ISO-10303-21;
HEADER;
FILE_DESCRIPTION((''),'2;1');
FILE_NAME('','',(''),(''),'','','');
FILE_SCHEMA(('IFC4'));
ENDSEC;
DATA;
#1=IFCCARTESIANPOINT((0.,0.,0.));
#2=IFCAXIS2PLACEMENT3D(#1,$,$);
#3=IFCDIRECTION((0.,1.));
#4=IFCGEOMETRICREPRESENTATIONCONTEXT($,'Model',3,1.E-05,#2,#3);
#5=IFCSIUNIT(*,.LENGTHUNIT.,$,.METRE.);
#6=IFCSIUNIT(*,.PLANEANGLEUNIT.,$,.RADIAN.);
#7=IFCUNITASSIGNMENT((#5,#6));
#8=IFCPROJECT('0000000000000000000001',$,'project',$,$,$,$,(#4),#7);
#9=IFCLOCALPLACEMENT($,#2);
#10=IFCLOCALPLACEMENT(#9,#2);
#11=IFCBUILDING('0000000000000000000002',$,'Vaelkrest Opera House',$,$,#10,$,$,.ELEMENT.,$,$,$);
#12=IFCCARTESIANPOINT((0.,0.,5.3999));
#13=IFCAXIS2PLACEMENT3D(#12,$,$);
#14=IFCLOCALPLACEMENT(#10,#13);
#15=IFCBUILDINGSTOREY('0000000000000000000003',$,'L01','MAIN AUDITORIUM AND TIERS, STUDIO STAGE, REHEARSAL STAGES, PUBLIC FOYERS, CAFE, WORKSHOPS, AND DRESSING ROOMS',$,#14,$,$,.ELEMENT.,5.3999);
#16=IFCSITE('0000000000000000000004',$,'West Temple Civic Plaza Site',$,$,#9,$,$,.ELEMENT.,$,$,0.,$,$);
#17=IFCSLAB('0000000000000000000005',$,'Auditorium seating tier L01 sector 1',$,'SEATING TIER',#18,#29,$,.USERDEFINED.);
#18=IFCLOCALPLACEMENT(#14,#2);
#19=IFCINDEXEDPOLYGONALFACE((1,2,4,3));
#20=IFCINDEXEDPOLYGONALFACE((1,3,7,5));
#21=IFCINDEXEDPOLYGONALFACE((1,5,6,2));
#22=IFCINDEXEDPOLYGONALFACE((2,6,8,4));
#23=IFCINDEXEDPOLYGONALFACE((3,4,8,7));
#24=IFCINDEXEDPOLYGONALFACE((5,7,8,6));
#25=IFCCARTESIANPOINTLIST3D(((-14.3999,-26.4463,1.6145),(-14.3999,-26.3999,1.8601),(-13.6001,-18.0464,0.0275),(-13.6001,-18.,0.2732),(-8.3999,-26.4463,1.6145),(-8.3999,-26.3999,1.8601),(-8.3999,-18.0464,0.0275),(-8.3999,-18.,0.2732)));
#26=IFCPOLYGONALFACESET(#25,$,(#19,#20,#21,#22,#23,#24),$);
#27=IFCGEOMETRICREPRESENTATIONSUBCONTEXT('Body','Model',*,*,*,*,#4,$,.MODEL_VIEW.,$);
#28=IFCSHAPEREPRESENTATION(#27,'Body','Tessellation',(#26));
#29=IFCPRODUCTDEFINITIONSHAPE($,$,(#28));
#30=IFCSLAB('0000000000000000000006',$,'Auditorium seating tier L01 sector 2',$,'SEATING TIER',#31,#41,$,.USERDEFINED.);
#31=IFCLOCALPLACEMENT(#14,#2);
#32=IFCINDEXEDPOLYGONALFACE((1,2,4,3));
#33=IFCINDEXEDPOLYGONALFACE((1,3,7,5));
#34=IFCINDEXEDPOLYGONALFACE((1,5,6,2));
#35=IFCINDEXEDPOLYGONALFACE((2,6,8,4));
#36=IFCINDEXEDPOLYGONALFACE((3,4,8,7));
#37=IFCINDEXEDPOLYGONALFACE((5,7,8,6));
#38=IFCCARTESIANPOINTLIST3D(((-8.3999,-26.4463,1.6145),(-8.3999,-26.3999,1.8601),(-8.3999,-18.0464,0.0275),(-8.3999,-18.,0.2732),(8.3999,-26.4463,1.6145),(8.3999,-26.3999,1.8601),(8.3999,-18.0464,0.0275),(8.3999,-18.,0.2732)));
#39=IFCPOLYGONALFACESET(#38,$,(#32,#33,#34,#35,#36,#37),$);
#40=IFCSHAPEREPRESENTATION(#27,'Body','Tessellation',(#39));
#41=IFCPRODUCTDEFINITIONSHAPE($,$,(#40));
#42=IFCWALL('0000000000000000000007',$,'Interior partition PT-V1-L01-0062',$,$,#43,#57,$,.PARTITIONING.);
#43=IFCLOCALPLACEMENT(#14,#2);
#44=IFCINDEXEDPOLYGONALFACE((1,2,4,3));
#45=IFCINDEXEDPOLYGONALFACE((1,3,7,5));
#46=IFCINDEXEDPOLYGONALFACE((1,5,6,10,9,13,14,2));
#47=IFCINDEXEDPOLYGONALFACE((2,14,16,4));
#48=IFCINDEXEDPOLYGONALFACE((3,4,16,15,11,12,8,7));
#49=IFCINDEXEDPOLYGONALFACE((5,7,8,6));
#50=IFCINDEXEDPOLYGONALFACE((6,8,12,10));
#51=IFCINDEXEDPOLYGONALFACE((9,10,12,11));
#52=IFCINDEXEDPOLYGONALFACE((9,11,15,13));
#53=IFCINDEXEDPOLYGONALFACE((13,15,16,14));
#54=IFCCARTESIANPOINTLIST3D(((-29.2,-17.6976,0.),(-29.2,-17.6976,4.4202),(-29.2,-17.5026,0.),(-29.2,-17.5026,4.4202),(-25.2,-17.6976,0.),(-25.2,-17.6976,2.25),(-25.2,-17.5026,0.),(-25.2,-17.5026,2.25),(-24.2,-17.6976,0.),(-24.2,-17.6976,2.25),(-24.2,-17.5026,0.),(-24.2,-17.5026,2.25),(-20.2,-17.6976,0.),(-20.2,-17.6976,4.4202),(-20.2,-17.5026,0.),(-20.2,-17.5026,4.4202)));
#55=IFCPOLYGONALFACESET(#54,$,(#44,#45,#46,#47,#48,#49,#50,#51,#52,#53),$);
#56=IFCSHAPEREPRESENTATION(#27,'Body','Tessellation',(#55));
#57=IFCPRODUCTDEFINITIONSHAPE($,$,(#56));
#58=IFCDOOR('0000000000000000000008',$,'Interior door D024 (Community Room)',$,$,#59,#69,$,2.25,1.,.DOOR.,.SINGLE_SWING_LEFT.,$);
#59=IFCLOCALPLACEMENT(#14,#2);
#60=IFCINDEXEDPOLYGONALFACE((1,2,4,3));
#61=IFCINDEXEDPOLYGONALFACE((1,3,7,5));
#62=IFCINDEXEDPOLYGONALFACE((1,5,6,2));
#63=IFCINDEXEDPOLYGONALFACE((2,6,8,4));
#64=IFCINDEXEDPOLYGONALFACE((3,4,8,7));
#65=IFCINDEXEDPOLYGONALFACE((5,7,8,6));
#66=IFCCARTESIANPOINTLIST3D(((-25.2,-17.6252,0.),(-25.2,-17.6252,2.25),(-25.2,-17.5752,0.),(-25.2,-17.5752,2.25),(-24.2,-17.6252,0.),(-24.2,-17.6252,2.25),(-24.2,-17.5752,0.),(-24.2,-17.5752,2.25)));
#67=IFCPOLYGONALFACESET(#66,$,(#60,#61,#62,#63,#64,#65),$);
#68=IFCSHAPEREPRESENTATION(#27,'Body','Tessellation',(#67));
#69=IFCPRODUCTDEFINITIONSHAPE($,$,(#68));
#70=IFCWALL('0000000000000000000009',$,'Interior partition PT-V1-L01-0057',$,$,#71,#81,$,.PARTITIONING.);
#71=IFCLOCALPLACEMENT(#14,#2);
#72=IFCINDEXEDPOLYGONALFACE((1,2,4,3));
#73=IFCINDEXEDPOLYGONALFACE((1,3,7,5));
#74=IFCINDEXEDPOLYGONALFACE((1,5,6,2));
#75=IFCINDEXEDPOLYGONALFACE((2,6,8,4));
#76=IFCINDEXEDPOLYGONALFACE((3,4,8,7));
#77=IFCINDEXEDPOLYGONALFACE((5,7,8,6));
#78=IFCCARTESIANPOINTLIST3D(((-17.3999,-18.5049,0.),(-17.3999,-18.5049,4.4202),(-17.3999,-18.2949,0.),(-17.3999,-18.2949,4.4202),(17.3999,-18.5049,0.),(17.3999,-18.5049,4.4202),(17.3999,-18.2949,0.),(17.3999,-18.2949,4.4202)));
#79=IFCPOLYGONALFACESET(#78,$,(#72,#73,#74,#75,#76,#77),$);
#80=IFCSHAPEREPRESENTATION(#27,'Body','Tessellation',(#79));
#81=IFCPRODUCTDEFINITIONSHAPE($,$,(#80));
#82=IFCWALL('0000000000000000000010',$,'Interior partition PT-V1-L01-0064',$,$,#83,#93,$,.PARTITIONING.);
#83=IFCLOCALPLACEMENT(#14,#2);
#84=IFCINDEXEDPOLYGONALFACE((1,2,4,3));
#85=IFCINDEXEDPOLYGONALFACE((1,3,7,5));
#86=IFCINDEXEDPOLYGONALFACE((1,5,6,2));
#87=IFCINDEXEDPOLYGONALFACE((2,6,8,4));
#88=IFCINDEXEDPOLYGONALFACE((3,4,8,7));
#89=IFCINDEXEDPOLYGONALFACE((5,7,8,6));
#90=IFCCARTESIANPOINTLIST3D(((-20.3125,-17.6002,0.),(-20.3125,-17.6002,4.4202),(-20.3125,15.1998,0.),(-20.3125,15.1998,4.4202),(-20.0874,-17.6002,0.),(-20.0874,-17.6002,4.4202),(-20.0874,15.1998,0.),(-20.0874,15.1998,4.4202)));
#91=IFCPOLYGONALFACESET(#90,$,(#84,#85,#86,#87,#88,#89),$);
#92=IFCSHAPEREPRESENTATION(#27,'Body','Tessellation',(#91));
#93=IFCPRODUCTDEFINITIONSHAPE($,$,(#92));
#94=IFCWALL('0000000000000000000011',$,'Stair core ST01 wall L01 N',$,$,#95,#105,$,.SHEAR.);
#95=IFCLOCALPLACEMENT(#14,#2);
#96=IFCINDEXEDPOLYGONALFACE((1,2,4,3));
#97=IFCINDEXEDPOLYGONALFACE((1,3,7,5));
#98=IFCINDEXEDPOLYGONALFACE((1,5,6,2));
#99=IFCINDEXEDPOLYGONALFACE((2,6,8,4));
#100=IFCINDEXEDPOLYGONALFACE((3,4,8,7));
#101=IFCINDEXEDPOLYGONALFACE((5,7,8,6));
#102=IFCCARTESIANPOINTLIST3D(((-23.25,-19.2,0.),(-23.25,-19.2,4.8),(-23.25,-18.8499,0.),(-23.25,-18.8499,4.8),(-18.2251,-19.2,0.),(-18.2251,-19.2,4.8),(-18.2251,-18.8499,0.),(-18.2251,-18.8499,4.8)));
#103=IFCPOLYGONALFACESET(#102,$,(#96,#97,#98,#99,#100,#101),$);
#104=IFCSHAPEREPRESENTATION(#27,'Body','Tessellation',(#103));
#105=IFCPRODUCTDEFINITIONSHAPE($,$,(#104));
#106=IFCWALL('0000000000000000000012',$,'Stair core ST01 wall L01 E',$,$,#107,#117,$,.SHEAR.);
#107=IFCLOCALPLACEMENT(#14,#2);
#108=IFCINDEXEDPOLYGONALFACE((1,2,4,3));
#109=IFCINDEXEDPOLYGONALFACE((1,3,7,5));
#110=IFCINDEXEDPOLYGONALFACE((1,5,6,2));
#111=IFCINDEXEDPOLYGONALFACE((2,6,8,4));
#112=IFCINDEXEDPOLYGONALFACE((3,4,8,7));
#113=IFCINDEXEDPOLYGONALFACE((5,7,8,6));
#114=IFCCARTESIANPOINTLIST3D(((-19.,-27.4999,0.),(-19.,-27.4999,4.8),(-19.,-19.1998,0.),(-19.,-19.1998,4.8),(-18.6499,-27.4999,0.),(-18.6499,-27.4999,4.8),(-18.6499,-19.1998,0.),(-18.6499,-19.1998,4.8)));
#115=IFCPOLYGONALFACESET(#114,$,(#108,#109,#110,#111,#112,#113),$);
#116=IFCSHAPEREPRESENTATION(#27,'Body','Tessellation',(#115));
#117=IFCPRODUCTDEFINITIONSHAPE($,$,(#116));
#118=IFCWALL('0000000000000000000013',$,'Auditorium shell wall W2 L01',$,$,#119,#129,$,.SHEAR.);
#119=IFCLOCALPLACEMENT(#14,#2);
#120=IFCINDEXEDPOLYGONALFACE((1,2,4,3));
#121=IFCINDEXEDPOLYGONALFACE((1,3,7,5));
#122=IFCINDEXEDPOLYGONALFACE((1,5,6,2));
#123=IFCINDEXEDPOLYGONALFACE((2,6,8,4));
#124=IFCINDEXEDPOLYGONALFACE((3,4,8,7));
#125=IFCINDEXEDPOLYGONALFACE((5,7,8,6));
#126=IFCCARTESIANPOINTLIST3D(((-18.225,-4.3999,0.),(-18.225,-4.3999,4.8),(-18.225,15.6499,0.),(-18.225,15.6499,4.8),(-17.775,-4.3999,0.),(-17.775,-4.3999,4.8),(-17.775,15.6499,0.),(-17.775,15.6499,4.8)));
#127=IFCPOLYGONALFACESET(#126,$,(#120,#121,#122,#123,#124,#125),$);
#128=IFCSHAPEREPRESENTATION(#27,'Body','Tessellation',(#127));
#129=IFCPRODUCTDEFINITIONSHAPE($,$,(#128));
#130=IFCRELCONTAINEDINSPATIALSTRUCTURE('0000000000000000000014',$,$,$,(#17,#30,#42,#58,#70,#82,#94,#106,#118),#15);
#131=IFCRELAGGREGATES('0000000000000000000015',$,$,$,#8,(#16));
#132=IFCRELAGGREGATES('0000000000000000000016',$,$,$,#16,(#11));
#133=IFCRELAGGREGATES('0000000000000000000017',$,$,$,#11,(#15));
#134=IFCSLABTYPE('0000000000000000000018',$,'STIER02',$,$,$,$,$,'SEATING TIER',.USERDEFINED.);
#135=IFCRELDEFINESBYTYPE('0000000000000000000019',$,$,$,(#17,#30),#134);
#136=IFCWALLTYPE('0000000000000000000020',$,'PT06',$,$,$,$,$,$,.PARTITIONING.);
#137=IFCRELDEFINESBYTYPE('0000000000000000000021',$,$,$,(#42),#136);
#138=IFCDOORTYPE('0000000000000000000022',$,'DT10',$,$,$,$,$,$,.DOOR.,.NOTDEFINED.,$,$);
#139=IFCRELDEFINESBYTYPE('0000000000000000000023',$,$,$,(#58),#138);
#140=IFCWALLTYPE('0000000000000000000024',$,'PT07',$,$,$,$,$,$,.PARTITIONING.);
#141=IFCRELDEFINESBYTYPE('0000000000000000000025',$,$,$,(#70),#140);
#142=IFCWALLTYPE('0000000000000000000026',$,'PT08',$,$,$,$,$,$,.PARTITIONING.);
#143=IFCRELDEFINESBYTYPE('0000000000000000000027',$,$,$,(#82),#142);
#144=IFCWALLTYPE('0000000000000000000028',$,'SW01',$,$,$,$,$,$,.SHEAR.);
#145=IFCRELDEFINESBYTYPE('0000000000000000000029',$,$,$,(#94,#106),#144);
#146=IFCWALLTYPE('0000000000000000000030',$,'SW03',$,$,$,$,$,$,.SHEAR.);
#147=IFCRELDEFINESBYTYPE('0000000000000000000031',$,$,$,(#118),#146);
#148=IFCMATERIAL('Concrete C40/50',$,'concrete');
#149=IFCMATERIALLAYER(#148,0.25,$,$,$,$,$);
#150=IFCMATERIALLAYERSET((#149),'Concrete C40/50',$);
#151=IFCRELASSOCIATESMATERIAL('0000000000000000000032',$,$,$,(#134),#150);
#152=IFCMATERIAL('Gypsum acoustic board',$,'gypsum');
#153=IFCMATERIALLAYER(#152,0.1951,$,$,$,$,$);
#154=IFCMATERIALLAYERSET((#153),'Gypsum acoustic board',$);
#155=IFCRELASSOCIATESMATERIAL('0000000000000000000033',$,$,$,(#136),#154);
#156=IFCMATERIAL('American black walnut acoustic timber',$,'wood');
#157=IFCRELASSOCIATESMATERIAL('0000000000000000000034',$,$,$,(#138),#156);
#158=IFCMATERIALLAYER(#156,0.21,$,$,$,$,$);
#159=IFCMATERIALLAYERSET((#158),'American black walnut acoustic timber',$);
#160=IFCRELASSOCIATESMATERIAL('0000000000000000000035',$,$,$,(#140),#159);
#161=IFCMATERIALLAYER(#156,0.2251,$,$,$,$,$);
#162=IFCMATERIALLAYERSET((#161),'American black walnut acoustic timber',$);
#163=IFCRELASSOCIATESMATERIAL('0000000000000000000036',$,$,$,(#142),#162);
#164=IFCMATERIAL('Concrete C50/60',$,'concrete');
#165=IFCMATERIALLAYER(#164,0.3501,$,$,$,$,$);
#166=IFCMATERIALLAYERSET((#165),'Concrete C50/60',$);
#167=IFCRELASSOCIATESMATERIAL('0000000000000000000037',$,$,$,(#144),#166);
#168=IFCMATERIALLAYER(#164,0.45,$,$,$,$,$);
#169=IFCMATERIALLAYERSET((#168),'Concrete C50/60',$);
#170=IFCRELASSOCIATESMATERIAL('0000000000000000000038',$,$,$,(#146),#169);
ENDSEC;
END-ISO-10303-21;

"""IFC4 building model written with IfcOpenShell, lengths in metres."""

from ifc_helpers import new_model, si_unit, direction, frame, frame_2d, origin, place, context, subcontext, project, spatial, polyline, rectangle, outline, extrude, material, layer, layer_set, type_object, element, fill, save


model = new_model("IFC4")

# Units and contexts
model_context = context("Model", 3, precision=1e-05, world=origin(), true_north=direction((0.0, 1.0)))
body_context = subcontext(model_context, "Body", "Model", "MODEL_VIEW")
ifc_project = project(units=[si_unit("LENGTHUNIT", "METRE"), si_unit("PLANEANGLEUNIT", "RADIAN")], contexts=[model_context])

# Site, building, storey
site_placement = place(None, origin())
site = spatial("IfcSite", under=ifc_project, at=site_placement, Name="West Temple Civic Plaza Site", CompositionType="ELEMENT", RefElevation=0.0)
building_placement = place(site_placement, origin())
building = spatial("IfcBuilding", under=site, at=building_placement, Name="Vaelkrest Opera House", CompositionType="ELEMENT")
storey_placement = place(building_placement, frame((0.0, 0.0, 5.3999)))
storey = spatial("IfcBuildingStorey", under=building, at=storey_placement, Name="L01", Description="MAIN AUDITORIUM AND TIERS, STUDIO STAGE, REHEARSAL STAGES, PUBLIC FOYERS, CAFE, WORKSHOPS, AND DRESSING ROOMS", CompositionType="ELEMENT", Elevation=5.3999)

# Shared definitions
ifc_material_1 = material(Name="Concrete C50/60", Category="concrete")

# Slabs
ifc_material_2 = material(Name="Concrete C40/50", Category="concrete")
ifc_layer_1 = layer(ifc_material_2, 0.25)
ifc_layer_set_1 = layer_set([ifc_layer_1], Name="Concrete C40/50")
slab_type = type_object("IfcSlabType", Name="STIER02", ElementType="SEATING TIER", PredefinedType="USERDEFINED", material=ifc_layer_set_1)
slab_1_placement = place(storey_placement, frame((-13.6001, -18.0, 0.2732), z_axis=(0.0, 0.185637, 0.982618), x_axis=(1.0, 0.0, 0.0)))
element("IfcSlab", 1, at=slab_1_placement, inside=storey, type_object=slab_type, Name="Auditorium seating tier L01 sector 1", ObjectType="SEATING TIER", PredefinedType="USERDEFINED", context=body_context, shape_type="SweptSolid", body=[
    extrude(outline(polyline([(0.0, 0.0), (5.2002, 0.0), (5.2002, -8.5485), (-0.7998, -8.5485), (0.0, 0.0)])), origin(), (0.0, 0.0, -1.0), 0.25),
])
slab_2_placement = place(storey_placement, frame((-8.3999, -18.0, 0.2732), z_axis=(0.0, 0.185637, 0.982618), x_axis=(1.0, 0.0, 0.0)))
element("IfcSlab", 2, at=slab_2_placement, inside=storey, type_object=slab_type, Name="Auditorium seating tier L01 sector 2", ObjectType="SEATING TIER", PredefinedType="USERDEFINED", context=body_context, shape_type="SweptSolid", body=[
    extrude(outline(polyline([(0.0, 0.0), (16.7998, 0.0), (16.7998, -8.5485), (0.0, -8.5485), (0.0, 0.0)])), origin(), (0.0, 0.0, -1.0), 0.25),
])

# Wall, opening, door
ifc_material_3 = material(Name="Gypsum acoustic board", Category="gypsum")
ifc_layer_2 = layer(ifc_material_3, 0.1951)
ifc_layer_set_2 = layer_set([ifc_layer_2], Name="Gypsum acoustic board")
wall_type_1 = type_object("IfcWallType", Name="PT06", PredefinedType="PARTITIONING", material=ifc_layer_set_2)
wall_1_placement = place(storey_placement, frame((-29.2, -17.6001, 0.0), z_axis=(0.0, 0.0, 1.0), x_axis=(1.0, 0.0, 0.0)))
wall_1 = element("IfcWall", 3, at=wall_1_placement, inside=storey, type_object=wall_type_1, Name="Interior partition PT-V1-L01-0062", PredefinedType="PARTITIONING", context=body_context, shape_type="SweptSolid", body=[
    extrude(rectangle(XDim=9.0, YDim=0.1951, at=frame_2d((4.5, 0.0))), origin(), (0.0, 0.0, 1.0), 4.4202),
])
opening_placement = place(wall_1_placement, frame((4.0, 0.0, 0.0)))
opening = element("IfcOpeningElement", 4, at=opening_placement, cuts=wall_1, PredefinedType="OPENING", context=body_context, shape_type="SweptSolid", body=[
    extrude(rectangle(XDim=1.0, YDim=2.25, at=frame_2d((0.5, 1.125))), frame((0.0, 0.1074, 0.0), z_axis=(0.0, -1.0, 0.0), x_axis=(1.0, 0.0, 0.0)), (0.0, 0.0, 1.0), 0.2151),
])
ifc_material_4 = material(Name="American black walnut acoustic timber", Category="wood")
door_type = type_object("IfcDoorType", Name="DT10", OperationType="NOTDEFINED", PredefinedType="DOOR", material=ifc_material_4)
door_placement = place(opening_placement, origin())
door = element("IfcDoor", 5, at=door_placement, inside=storey, type_object=door_type, Name="Interior door D024 (Community Room)", OperationType="SINGLE_SWING_LEFT", OverallHeight=2.25, OverallWidth=1.0, PredefinedType="DOOR", context=body_context, shape_type="SweptSolid", body=[
    extrude(rectangle(XDim=1.0, YDim=2.25, at=frame_2d((0.5, 1.125))), frame((0.0, 0.0249, 0.0), z_axis=(0.0, -1.0, 0.0), x_axis=(1.0, 0.0, 0.0)), (0.0, 0.0, 1.0), 0.05),
])
fill(opening, door)

# Walls
ifc_layer_3 = layer(ifc_material_4, 0.21)
ifc_layer_set_3 = layer_set([ifc_layer_3], Name="American black walnut acoustic timber")
wall_type_2 = type_object("IfcWallType", Name="PT07", PredefinedType="PARTITIONING", material=ifc_layer_set_3)
wall_2_placement = place(storey_placement, frame((-17.3999, -18.3999, 0.0), z_axis=(0.0, 0.0, 1.0), x_axis=(1.0, 0.0, 0.0)))
element("IfcWall", 6, at=wall_2_placement, inside=storey, type_object=wall_type_2, Name="Interior partition PT-V1-L01-0057", PredefinedType="PARTITIONING", context=body_context, shape_type="SweptSolid", body=[
    extrude(rectangle(XDim=34.7998, YDim=0.21, at=frame_2d((17.3999, 0.0))), origin(), (0.0, 0.0, 1.0), 4.4202),
])
ifc_layer_4 = layer(ifc_material_4, 0.2251)
ifc_layer_set_4 = layer_set([ifc_layer_4], Name="American black walnut acoustic timber")
wall_type_3 = type_object("IfcWallType", Name="PT08", PredefinedType="PARTITIONING", material=ifc_layer_set_4)
wall_3_placement = place(storey_placement, frame((-20.2, -17.6001, 0.0), z_axis=(0.0, 0.0, 1.0), x_axis=(0.0, 1.0, 0.0)))
element("IfcWall", 7, at=wall_3_placement, inside=storey, type_object=wall_type_3, Name="Interior partition PT-V1-L01-0064", PredefinedType="PARTITIONING", context=body_context, shape_type="SweptSolid", body=[
    extrude(rectangle(XDim=32.8, YDim=0.2251, at=frame_2d((16.3999, 0.0))), origin(), (0.0, 0.0, 1.0), 4.4202),
])
ifc_layer_5 = layer(ifc_material_1, 0.3501)
ifc_layer_set_5 = layer_set([ifc_layer_5], Name="Concrete C50/60")
wall_type_4 = type_object("IfcWallType", Name="SW01", PredefinedType="SHEAR", material=ifc_layer_set_5)
wall_4_placement = place(storey_placement, frame((-23.25, -19.0249, 0.0), z_axis=(0.0, 0.0, 1.0), x_axis=(1.0, 0.0, 0.0)))
element("IfcWall", 8, at=wall_4_placement, inside=storey, type_object=wall_type_4, Name="Stair core ST01 wall L01 N", PredefinedType="SHEAR", context=body_context, shape_type="SweptSolid", body=[
    extrude(rectangle(XDim=5.0249, YDim=0.3501, at=frame_2d((2.5125, 0.0))), origin(), (0.0, 0.0, 1.0), 4.8),
])
wall_5_placement = place(storey_placement, frame((-18.825, -19.2, 0.0), z_axis=(0.0, 0.0, 1.0), x_axis=(0.0, -1.0, 0.0)))
element("IfcWall", 9, at=wall_5_placement, inside=storey, type_object=wall_type_4, Name="Stair core ST01 wall L01 E", PredefinedType="SHEAR", context=body_context, shape_type="SweptSolid", body=[
    extrude(rectangle(XDim=8.3, YDim=0.3501, at=frame_2d((4.1499, 0.0))), origin(), (0.0, 0.0, 1.0), 4.8),
])
ifc_layer_6 = layer(ifc_material_1, 0.45)
ifc_layer_set_6 = layer_set([ifc_layer_6], Name="Concrete C50/60")
wall_type_5 = type_object("IfcWallType", Name="SW03", PredefinedType="SHEAR", material=ifc_layer_set_6)
wall_6_placement = place(storey_placement, frame((-18.0, -4.3999, 0.0), z_axis=(0.0, 0.0, 1.0), x_axis=(0.0, 1.0, 0.0)))
element("IfcWall", 10, at=wall_6_placement, inside=storey, type_object=wall_type_5, Name="Auditorium shell wall W2 L01", PredefinedType="SHEAR", context=body_context, shape_type="SweptSolid", body=[
    extrude(rectangle(XDim=20.0498, YDim=0.45, at=frame_2d((10.0249, 0.0))), origin(), (0.0, 0.0, 1.0), 4.8),
])

save(model, "model.ifc")
